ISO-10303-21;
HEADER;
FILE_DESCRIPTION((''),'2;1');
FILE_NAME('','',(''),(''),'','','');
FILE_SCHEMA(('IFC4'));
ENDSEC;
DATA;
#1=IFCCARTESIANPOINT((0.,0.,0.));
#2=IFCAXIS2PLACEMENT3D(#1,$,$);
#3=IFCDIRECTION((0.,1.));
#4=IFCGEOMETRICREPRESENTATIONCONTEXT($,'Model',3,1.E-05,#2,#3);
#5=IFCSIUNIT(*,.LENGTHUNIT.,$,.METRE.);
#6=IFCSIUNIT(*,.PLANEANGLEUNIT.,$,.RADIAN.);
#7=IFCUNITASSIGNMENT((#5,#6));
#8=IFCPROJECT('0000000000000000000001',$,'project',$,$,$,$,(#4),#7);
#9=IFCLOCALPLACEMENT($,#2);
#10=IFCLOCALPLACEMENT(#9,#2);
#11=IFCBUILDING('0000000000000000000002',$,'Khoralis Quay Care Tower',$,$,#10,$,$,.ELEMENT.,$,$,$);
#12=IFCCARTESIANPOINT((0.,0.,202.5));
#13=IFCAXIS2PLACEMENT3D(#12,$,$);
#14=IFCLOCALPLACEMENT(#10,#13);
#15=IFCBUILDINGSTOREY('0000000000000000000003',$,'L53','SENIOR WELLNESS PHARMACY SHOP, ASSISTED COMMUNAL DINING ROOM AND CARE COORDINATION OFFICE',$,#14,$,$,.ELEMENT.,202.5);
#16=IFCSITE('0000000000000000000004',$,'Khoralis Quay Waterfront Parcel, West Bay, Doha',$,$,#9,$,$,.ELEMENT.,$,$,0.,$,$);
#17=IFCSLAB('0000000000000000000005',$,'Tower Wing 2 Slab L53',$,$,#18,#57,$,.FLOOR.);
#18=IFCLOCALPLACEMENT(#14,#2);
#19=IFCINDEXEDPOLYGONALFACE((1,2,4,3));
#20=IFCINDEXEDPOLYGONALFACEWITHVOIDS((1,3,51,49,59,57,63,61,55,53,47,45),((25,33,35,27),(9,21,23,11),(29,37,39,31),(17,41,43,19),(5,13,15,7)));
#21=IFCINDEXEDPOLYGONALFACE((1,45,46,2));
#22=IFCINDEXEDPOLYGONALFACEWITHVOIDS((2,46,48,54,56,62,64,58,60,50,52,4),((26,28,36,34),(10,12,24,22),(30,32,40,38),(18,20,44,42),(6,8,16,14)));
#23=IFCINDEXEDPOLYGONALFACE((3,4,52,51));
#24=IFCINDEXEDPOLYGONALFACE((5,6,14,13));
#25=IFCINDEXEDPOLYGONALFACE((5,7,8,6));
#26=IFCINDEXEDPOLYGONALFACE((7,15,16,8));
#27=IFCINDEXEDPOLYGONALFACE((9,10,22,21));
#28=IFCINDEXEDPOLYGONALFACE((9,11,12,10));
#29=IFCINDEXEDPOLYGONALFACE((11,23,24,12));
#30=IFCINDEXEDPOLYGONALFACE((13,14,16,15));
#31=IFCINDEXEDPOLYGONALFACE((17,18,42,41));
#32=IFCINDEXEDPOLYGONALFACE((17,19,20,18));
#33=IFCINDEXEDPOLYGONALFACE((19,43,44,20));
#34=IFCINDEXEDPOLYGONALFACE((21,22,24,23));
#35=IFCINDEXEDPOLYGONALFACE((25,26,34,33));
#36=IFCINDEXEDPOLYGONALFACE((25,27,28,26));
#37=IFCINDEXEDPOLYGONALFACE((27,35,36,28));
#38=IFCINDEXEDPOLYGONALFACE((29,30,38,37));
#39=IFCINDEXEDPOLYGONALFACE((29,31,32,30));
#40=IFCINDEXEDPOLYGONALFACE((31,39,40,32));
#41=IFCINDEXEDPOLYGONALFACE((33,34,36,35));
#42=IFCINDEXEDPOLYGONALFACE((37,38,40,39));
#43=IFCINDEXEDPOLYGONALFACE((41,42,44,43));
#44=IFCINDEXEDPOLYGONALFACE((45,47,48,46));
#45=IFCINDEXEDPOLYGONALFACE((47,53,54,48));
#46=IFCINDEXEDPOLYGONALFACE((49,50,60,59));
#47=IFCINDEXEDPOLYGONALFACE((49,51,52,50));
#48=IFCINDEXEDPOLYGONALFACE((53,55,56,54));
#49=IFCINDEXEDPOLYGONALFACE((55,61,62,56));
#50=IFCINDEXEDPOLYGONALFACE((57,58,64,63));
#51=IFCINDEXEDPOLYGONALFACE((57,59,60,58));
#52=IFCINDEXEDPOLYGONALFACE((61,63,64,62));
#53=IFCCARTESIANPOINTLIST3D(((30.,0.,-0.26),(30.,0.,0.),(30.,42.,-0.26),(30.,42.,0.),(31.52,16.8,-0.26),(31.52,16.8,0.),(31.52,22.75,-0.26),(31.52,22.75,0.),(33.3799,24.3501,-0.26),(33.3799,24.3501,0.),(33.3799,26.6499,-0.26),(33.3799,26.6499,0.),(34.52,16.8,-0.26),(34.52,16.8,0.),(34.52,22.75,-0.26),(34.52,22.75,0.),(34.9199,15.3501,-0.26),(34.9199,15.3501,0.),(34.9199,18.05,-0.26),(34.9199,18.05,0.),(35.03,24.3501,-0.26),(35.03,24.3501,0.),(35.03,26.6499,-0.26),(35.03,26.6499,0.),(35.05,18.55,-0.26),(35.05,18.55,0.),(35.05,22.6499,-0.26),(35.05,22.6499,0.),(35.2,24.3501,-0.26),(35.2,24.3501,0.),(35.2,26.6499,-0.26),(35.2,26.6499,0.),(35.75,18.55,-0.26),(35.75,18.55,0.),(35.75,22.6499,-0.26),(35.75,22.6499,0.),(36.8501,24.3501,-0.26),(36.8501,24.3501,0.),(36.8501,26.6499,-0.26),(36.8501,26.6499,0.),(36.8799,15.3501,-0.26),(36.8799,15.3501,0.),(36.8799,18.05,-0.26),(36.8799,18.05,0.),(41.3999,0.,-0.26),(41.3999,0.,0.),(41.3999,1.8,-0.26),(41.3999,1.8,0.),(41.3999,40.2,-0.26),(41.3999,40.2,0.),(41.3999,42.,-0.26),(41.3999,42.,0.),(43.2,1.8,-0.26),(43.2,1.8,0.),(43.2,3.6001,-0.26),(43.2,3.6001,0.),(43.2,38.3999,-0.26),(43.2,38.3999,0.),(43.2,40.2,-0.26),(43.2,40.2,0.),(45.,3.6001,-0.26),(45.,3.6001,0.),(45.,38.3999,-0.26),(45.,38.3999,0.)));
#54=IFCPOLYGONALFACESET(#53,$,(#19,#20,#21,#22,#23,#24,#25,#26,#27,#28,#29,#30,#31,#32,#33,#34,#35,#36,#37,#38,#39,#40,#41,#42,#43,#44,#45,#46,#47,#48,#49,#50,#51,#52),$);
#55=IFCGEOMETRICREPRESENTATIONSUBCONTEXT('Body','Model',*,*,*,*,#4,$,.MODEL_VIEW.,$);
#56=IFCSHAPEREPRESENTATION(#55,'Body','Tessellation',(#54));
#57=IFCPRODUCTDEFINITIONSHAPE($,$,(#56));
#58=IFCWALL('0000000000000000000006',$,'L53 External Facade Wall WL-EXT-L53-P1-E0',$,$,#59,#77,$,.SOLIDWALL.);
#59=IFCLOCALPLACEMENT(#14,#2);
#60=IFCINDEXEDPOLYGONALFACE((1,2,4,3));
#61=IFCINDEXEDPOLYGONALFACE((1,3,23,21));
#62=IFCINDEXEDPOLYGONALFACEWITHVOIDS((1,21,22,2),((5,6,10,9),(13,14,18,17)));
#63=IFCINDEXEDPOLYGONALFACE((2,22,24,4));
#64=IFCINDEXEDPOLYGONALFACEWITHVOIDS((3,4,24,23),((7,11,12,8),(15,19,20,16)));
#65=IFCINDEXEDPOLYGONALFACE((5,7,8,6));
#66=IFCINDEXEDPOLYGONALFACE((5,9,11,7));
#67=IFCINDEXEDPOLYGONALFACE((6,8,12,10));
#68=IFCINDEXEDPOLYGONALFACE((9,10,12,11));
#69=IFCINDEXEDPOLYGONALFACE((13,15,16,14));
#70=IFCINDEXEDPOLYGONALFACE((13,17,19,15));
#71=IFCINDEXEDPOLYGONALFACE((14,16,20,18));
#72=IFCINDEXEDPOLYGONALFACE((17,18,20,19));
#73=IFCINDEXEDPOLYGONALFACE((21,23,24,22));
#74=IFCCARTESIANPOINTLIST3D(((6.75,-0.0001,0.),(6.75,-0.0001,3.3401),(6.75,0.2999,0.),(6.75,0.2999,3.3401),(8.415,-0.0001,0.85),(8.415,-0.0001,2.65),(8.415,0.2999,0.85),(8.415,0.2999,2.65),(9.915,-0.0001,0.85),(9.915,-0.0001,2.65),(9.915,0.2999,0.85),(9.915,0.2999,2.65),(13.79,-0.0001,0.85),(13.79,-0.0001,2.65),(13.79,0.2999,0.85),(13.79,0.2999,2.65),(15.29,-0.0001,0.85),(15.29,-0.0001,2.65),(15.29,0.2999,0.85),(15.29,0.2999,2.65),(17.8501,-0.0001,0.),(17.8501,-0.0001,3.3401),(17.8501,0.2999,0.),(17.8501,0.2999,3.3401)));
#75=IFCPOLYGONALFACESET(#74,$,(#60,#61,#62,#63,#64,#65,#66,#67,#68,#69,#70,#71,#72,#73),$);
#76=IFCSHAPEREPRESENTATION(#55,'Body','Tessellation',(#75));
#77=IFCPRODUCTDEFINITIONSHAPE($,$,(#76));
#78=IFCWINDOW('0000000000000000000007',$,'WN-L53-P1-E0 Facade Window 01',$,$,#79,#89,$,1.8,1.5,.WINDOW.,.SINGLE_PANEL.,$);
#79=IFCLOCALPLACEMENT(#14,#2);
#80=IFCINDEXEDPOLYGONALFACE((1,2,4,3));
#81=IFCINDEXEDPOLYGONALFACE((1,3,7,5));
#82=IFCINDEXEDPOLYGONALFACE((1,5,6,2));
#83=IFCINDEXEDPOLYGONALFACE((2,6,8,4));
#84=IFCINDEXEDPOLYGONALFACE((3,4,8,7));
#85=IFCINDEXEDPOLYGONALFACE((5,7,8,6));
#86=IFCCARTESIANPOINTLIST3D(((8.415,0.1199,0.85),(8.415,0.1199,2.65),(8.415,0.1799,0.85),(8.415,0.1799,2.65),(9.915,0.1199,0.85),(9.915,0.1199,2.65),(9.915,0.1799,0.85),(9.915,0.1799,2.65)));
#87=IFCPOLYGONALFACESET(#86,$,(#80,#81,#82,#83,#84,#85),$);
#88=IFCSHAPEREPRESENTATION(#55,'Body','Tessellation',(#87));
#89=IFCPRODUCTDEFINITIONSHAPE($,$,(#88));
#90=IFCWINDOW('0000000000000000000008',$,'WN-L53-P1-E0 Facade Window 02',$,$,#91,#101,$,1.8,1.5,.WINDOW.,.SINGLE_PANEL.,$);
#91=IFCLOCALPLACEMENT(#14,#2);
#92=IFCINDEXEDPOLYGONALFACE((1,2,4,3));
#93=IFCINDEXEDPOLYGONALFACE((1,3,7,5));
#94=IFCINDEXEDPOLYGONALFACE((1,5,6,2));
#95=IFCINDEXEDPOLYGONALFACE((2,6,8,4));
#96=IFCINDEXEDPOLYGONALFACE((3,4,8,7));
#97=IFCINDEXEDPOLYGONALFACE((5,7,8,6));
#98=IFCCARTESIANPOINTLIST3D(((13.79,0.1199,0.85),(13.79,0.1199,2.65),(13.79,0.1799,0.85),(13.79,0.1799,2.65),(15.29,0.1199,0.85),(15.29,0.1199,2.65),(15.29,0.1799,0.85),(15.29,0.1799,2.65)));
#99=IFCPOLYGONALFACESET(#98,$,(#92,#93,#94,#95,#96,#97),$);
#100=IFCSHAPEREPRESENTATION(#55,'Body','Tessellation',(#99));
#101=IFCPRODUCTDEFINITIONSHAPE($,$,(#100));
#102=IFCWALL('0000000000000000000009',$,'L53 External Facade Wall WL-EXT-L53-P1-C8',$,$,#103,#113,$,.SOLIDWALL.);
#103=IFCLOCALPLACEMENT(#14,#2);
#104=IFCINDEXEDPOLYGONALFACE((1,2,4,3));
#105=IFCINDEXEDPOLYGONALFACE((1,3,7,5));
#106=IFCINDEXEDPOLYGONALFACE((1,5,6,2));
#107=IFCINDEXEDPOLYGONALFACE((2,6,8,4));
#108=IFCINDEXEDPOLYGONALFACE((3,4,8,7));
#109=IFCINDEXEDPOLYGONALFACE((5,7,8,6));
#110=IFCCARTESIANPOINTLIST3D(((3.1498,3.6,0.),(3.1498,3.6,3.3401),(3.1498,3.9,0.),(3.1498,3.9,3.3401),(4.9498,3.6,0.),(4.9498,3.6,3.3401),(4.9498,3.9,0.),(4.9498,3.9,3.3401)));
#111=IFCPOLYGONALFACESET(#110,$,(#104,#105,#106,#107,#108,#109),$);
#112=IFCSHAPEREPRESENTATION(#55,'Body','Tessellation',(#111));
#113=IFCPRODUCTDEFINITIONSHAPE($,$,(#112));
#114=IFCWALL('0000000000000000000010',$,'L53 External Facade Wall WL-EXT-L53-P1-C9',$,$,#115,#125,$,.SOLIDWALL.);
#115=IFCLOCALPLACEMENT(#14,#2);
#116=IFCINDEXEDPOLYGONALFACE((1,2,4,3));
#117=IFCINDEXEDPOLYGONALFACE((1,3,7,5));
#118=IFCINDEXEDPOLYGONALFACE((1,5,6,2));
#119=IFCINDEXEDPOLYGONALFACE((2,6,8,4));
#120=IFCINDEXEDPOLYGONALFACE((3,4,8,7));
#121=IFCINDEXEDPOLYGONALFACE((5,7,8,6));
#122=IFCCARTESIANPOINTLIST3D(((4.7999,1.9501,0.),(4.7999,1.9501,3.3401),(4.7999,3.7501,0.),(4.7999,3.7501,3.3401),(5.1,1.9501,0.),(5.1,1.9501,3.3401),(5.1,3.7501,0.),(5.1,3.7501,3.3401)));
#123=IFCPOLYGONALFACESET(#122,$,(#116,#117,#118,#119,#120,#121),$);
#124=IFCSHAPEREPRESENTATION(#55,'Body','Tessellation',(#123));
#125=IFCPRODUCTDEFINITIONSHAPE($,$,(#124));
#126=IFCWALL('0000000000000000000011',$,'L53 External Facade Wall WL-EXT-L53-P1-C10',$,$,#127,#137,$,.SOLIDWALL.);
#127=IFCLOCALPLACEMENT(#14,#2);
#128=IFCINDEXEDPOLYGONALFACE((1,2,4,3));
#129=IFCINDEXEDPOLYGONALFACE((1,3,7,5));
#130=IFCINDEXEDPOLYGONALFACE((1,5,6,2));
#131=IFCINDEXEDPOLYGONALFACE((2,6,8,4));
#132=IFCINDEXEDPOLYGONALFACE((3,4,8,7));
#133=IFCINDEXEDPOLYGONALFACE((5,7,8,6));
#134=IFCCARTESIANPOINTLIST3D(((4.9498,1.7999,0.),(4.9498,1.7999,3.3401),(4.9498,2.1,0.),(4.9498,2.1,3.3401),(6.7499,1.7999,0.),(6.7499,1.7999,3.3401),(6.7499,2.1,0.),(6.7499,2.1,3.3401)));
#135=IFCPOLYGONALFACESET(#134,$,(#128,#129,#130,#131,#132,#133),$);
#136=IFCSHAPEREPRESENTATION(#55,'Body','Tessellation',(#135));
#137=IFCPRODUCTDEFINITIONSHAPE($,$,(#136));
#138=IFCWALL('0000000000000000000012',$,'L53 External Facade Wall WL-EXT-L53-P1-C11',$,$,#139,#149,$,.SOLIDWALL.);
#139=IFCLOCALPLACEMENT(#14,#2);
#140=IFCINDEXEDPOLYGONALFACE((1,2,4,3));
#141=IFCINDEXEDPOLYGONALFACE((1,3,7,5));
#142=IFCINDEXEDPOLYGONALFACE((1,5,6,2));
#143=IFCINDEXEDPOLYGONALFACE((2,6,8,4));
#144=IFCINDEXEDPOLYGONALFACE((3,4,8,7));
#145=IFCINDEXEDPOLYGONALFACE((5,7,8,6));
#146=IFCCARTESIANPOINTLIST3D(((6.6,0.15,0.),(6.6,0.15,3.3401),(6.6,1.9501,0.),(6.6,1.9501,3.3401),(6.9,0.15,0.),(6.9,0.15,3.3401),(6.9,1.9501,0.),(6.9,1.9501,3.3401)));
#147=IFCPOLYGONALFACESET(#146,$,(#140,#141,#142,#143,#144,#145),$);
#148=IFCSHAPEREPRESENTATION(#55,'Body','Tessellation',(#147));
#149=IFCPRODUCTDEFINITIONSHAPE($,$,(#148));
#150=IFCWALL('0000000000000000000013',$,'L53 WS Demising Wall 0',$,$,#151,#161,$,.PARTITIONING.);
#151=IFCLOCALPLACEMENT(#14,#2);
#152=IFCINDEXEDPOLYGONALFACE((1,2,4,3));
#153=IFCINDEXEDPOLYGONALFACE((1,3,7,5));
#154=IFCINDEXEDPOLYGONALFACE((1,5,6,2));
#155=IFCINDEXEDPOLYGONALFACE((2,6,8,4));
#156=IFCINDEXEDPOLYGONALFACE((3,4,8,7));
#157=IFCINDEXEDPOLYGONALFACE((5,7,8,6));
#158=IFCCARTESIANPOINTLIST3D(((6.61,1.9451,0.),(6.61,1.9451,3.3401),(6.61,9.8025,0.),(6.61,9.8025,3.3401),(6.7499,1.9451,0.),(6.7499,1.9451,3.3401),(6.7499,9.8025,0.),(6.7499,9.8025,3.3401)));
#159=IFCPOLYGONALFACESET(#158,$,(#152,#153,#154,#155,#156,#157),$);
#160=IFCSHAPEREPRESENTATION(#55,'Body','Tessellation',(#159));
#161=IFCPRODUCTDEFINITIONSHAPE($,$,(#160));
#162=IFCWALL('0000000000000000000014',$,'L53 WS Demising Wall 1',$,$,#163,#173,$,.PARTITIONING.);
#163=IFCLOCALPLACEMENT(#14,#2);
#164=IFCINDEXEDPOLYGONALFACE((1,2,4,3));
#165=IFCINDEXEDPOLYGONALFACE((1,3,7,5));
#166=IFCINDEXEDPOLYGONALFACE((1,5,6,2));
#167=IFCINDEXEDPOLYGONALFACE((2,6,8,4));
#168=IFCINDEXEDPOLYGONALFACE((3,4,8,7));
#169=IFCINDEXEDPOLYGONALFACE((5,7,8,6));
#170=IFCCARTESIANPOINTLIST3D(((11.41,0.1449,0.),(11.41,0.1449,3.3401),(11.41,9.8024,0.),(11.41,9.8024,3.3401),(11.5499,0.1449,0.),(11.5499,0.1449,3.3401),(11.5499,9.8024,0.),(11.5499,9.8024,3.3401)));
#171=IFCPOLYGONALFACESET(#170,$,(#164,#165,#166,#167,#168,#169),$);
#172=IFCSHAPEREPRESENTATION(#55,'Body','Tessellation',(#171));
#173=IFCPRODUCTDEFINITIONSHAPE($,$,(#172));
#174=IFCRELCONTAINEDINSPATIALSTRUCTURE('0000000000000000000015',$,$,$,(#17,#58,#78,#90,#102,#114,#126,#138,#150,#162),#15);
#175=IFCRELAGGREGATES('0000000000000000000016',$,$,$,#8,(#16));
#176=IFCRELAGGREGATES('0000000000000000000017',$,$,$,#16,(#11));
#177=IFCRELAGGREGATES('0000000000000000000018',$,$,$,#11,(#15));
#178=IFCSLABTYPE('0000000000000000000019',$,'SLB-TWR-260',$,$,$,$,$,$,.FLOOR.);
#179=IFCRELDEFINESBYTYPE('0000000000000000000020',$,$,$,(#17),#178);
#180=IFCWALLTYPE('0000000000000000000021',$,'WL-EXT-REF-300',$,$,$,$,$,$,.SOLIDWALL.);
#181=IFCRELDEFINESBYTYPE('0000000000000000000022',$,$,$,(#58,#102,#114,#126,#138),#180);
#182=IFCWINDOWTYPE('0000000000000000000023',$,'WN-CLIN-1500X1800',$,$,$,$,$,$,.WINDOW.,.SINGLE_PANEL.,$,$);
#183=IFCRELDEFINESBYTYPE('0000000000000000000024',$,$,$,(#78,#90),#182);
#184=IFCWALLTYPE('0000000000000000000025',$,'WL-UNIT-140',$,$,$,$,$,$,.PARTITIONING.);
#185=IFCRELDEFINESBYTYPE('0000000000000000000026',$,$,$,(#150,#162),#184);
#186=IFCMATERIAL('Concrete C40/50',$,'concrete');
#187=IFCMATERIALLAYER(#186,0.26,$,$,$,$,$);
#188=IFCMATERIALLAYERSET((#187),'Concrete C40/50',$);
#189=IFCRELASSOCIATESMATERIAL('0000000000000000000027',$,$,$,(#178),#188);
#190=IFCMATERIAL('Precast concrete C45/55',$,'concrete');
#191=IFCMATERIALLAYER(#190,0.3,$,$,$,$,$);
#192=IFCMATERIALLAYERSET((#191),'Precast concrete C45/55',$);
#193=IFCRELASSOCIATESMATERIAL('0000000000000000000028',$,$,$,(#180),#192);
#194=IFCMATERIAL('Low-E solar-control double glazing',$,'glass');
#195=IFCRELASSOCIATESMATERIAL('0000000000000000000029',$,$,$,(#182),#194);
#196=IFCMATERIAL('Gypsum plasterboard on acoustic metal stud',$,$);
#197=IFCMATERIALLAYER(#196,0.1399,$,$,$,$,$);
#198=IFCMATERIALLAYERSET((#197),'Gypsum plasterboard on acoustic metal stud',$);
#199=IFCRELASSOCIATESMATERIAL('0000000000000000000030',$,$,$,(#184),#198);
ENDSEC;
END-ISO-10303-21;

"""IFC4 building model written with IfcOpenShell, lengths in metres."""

from ifc_helpers import new_model, si_unit, direction, frame, frame_2d, origin, place, context, subcontext, project, spatial, polyline, rectangle, outline, extrude, source, transform, mapped, material, layer, layer_set, type_object, element, fill, save


model = new_model("IFC4")

# Units and contexts
model_context = context("Model", 3, precision=1e-05, world=origin(), true_north=direction((0.0, 1.0)))
body_context = subcontext(model_context, "Body", "Model", "MODEL_VIEW")
ifc_project = project(units=[si_unit("LENGTHUNIT", "METRE"), si_unit("PLANEANGLEUNIT", "RADIAN")], contexts=[model_context])

# Site, building, storey
site_placement = place(None, origin())
site = spatial("IfcSite", under=ifc_project, at=site_placement, Name="Khoralis Quay Waterfront Parcel, West Bay, Doha", CompositionType="ELEMENT", RefElevation=0.0)
building_placement = place(site_placement, origin())
building = spatial("IfcBuilding", under=site, at=building_placement, Name="Khoralis Quay Care Tower", CompositionType="ELEMENT")
storey_placement = place(building_placement, frame((0.0, 0.0, 202.5)))
storey = spatial("IfcBuildingStorey", under=building, at=storey_placement, Name="L53", Description="SENIOR WELLNESS PHARMACY SHOP, ASSISTED COMMUNAL DINING ROOM AND CARE COORDINATION OFFICE", CompositionType="ELEMENT", Elevation=202.5)

# Shared definitions
ifc_material_1 = material(Name="Precast concrete C45/55", Category="concrete")

# Slab
ifc_material_2 = material(Name="Concrete C40/50", Category="concrete")
ifc_layer_1 = layer(ifc_material_2, 0.26)
ifc_layer_set_1 = layer_set([ifc_layer_1], Name="Concrete C40/50")
slab_type_1 = type_object("IfcSlabType", Name="SLB-TWR-260", PredefinedType="FLOOR", material=ifc_layer_set_1)
slab_1_placement = place(storey_placement, frame((0.0, 0.0, -0.26)))
element("IfcSlab", 1, at=slab_1_placement, inside=storey, type_object=slab_type_1, Name="Tower Wing 2 Slab L53", PredefinedType="FLOOR", context=body_context, shape_type="SweptSolid", body=[
    extrude(outline(polyline([(30.0, 0.0), (41.3999, 0.0), (41.3999, 1.8), (43.2, 1.8), (43.2, 3.6001), (45.0, 3.6001), (45.0, 38.3999), (43.2, 38.3999), (43.2, 40.2), (41.3999, 40.2), (41.3999, 42.0), (30.0, 42.0), (30.0, 0.0)]), holes=[polyline([(34.52, 16.8), (34.52, 22.75), (31.52, 22.75), (31.52, 16.8), (34.52, 16.8)]), polyline([(34.9199, 15.3501), (36.8799, 15.3501), (36.8799, 18.05), (34.9199, 18.05), (34.9199, 15.3501)]), polyline([(33.3799, 24.3501), (35.03, 24.3501), (35.03, 26.6499), (33.3799, 26.6499), (33.3799, 24.3501)]), polyline([(35.2, 24.3501), (36.8501, 24.3501), (36.8501, 26.6499), (35.2, 26.6499), (35.2, 24.3501)]), polyline([(35.05, 18.55), (35.75, 18.55), (35.75, 22.6499), (35.05, 22.6499), (35.05, 18.55)])]), origin(), (0.0, 0.0, 1.0), 0.26),
])

# Wall, openings, windows
ifc_layer_2 = layer(ifc_material_1, 0.3)
ifc_layer_set_2 = layer_set([ifc_layer_2], Name="Precast concrete C45/55")
wall_type_1 = type_object("IfcWallType", Name="WL-EXT-REF-300", PredefinedType="SOLIDWALL", material=ifc_layer_set_2)
wall_1_placement = place(storey_placement, frame((6.75, 0.1499, 0.0), z_axis=(0.0, 0.0, 1.0), x_axis=(1.0, 0.0, 0.0)))
wall_1 = element("IfcWall", 2, at=wall_1_placement, inside=storey, type_object=wall_type_1, Name="L53 External Facade Wall WL-EXT-L53-P1-E0", PredefinedType="SOLIDWALL", context=body_context, shape_type="SweptSolid", body=[
    extrude(rectangle(XDim=11.1001, YDim=0.3, at=frame_2d((5.55, 0.0))), origin(), (0.0, 0.0, 1.0), 3.3401),
])
opening_1_placement = place(wall_1_placement, frame((1.665, 0.0, 0.8501)))
opening_1 = element("IfcOpeningElement", 3, at=opening_1_placement, cuts=wall_1, PredefinedType="OPENING", context=body_context, shape_type="SweptSolid", body=[
    extrude(rectangle(XDim=1.5, YDim=1.8, at=frame_2d((0.75, 0.8999))), frame((0.0, 0.1602, 0.0), z_axis=(0.0, -1.0, 0.0), x_axis=(1.0, 0.0, 0.0)), (0.0, 0.0, 1.0), 0.3201),
])
opening_2_placement = place(wall_1_placement, frame((7.04, 0.0, 0.8501)))
opening_2 = element("IfcOpeningElement", 4, at=opening_2_placement, cuts=wall_1, PredefinedType="OPENING", context=body_context, shape_type="SweptSolid", body=[
    extrude(rectangle(XDim=1.5, YDim=1.8, at=frame_2d((0.75, 0.8999))), frame((0.0, 0.1602, 0.0), z_axis=(0.0, -1.0, 0.0), x_axis=(1.0, 0.0, 0.0)), (0.0, 0.0, 1.0), 0.3201),
])
ifc_material_3 = material(Name="Low-E solar-control double glazing", Category="glass")
window_type = type_object("IfcWindowType", Name="WN-CLIN-1500X1800", PartitioningType="SINGLE_PANEL", PredefinedType="WINDOW", material=ifc_material_3)
shared_shape_1 = source(origin(), body_context, "Body", "SweptSolid", [
    extrude(rectangle(XDim=1.5, YDim=1.8, at=frame_2d((0.75, 0.8999))), frame((0.0, 0.03, 0.0), z_axis=(0.0, -1.0, 0.0), x_axis=(1.0, 0.0, 0.0)), (0.0, 0.0, 1.0), 0.0601),
])
window_1_placement = place(opening_1_placement, origin())
window_1 = element("IfcWindow", 5, at=window_1_placement, inside=storey, type_object=window_type, Name="WN-L53-P1-E0 Facade Window 01", OverallHeight=1.8, OverallWidth=1.5, PartitioningType="SINGLE_PANEL", PredefinedType="WINDOW", context=body_context, shape_type="MappedRepresentation", body=[
    mapped(shared_shape_1, transform((0.0, 0.0, 0.0), scale=1.0)),
])
fill(opening_1, window_1)
window_2_placement = place(opening_2_placement, origin())
window_2 = element("IfcWindow", 6, at=window_2_placement, inside=storey, type_object=window_type, Name="WN-L53-P1-E0 Facade Window 02", OverallHeight=1.8, OverallWidth=1.5, PartitioningType="SINGLE_PANEL", PredefinedType="WINDOW", context=body_context, shape_type="MappedRepresentation", body=[
    mapped(shared_shape_1, transform((0.0, 0.0, 0.0), scale=1.0)),
])
fill(opening_2, window_2)

# Walls
for number, where, z_axis, x_axis, name in (
    (7, (3.1499, 3.75, 0.0), (0.0, 0.0, 1.0), (1.0, 0.0, 0.0), "L53 External Facade Wall WL-EXT-L53-P1-C8"),
    (8, (4.95, 3.75, 0.0), (0.0, 0.0, 1.0), (0.0, -1.0, 0.0), "L53 External Facade Wall WL-EXT-L53-P1-C9"),
    (9, (4.95, 1.95, 0.0), (0.0, 0.0, 1.0), (1.0, 0.0, 0.0), "L53 External Facade Wall WL-EXT-L53-P1-C10"),
    (10, (6.75, 1.95, 0.0), (0.0, 0.0, 1.0), (0.0, -1.0, 0.0), "L53 External Facade Wall WL-EXT-L53-P1-C11"),
):
    element("IfcWall", number, at=place(storey_placement, frame(where, z_axis=z_axis, x_axis=x_axis)), inside=storey, type_object=wall_type_1, Name=name, PredefinedType="SOLIDWALL", context=body_context, shape_type="SweptSolid", body=[
        extrude(rectangle(XDim=1.8, YDim=0.3, at=frame_2d((0.8999, 0.0))), origin(), (0.0, 0.0, 1.0), 3.3401),
    ])
ifc_material_4 = material(Name="Gypsum plasterboard on acoustic metal stud")
ifc_layer_3 = layer(ifc_material_4, 0.1399)
ifc_layer_set_3 = layer_set([ifc_layer_3], Name="Gypsum plasterboard on acoustic metal stud")
wall_type_2 = type_object("IfcWallType", Name="WL-UNIT-140", PredefinedType="PARTITIONING", material=ifc_layer_set_3)
wall_2_placement = place(storey_placement, frame((6.6799, 1.9451, 0.0), z_axis=(0.0, 0.0, 1.0), x_axis=(0.0, 1.0, 0.0)))
element("IfcWall", 11, at=wall_2_placement, inside=storey, type_object=wall_type_2, Name="L53 WS Demising Wall 0", PredefinedType="PARTITIONING", context=body_context, shape_type="SweptSolid", body=[
    extrude(rectangle(XDim=7.8574, YDim=0.1399, at=frame_2d((3.9287, 0.0))), origin(), (0.0, 0.0, 1.0), 3.3401),
])
wall_3_placement = place(storey_placement, frame((11.48, 0.145, 0.0), z_axis=(0.0, 0.0, 1.0), x_axis=(0.0, 1.0, 0.0)))
element("IfcWall", 12, at=wall_3_placement, inside=storey, type_object=wall_type_2, Name="L53 WS Demising Wall 1", PredefinedType="PARTITIONING", context=body_context, shape_type="SweptSolid", body=[
    extrude(rectangle(XDim=9.6575, YDim=0.1399, at=frame_2d((4.8286, 0.0))), origin(), (0.0, 0.0, 1.0), 3.3401),
])

save(model, "model.ifc")
